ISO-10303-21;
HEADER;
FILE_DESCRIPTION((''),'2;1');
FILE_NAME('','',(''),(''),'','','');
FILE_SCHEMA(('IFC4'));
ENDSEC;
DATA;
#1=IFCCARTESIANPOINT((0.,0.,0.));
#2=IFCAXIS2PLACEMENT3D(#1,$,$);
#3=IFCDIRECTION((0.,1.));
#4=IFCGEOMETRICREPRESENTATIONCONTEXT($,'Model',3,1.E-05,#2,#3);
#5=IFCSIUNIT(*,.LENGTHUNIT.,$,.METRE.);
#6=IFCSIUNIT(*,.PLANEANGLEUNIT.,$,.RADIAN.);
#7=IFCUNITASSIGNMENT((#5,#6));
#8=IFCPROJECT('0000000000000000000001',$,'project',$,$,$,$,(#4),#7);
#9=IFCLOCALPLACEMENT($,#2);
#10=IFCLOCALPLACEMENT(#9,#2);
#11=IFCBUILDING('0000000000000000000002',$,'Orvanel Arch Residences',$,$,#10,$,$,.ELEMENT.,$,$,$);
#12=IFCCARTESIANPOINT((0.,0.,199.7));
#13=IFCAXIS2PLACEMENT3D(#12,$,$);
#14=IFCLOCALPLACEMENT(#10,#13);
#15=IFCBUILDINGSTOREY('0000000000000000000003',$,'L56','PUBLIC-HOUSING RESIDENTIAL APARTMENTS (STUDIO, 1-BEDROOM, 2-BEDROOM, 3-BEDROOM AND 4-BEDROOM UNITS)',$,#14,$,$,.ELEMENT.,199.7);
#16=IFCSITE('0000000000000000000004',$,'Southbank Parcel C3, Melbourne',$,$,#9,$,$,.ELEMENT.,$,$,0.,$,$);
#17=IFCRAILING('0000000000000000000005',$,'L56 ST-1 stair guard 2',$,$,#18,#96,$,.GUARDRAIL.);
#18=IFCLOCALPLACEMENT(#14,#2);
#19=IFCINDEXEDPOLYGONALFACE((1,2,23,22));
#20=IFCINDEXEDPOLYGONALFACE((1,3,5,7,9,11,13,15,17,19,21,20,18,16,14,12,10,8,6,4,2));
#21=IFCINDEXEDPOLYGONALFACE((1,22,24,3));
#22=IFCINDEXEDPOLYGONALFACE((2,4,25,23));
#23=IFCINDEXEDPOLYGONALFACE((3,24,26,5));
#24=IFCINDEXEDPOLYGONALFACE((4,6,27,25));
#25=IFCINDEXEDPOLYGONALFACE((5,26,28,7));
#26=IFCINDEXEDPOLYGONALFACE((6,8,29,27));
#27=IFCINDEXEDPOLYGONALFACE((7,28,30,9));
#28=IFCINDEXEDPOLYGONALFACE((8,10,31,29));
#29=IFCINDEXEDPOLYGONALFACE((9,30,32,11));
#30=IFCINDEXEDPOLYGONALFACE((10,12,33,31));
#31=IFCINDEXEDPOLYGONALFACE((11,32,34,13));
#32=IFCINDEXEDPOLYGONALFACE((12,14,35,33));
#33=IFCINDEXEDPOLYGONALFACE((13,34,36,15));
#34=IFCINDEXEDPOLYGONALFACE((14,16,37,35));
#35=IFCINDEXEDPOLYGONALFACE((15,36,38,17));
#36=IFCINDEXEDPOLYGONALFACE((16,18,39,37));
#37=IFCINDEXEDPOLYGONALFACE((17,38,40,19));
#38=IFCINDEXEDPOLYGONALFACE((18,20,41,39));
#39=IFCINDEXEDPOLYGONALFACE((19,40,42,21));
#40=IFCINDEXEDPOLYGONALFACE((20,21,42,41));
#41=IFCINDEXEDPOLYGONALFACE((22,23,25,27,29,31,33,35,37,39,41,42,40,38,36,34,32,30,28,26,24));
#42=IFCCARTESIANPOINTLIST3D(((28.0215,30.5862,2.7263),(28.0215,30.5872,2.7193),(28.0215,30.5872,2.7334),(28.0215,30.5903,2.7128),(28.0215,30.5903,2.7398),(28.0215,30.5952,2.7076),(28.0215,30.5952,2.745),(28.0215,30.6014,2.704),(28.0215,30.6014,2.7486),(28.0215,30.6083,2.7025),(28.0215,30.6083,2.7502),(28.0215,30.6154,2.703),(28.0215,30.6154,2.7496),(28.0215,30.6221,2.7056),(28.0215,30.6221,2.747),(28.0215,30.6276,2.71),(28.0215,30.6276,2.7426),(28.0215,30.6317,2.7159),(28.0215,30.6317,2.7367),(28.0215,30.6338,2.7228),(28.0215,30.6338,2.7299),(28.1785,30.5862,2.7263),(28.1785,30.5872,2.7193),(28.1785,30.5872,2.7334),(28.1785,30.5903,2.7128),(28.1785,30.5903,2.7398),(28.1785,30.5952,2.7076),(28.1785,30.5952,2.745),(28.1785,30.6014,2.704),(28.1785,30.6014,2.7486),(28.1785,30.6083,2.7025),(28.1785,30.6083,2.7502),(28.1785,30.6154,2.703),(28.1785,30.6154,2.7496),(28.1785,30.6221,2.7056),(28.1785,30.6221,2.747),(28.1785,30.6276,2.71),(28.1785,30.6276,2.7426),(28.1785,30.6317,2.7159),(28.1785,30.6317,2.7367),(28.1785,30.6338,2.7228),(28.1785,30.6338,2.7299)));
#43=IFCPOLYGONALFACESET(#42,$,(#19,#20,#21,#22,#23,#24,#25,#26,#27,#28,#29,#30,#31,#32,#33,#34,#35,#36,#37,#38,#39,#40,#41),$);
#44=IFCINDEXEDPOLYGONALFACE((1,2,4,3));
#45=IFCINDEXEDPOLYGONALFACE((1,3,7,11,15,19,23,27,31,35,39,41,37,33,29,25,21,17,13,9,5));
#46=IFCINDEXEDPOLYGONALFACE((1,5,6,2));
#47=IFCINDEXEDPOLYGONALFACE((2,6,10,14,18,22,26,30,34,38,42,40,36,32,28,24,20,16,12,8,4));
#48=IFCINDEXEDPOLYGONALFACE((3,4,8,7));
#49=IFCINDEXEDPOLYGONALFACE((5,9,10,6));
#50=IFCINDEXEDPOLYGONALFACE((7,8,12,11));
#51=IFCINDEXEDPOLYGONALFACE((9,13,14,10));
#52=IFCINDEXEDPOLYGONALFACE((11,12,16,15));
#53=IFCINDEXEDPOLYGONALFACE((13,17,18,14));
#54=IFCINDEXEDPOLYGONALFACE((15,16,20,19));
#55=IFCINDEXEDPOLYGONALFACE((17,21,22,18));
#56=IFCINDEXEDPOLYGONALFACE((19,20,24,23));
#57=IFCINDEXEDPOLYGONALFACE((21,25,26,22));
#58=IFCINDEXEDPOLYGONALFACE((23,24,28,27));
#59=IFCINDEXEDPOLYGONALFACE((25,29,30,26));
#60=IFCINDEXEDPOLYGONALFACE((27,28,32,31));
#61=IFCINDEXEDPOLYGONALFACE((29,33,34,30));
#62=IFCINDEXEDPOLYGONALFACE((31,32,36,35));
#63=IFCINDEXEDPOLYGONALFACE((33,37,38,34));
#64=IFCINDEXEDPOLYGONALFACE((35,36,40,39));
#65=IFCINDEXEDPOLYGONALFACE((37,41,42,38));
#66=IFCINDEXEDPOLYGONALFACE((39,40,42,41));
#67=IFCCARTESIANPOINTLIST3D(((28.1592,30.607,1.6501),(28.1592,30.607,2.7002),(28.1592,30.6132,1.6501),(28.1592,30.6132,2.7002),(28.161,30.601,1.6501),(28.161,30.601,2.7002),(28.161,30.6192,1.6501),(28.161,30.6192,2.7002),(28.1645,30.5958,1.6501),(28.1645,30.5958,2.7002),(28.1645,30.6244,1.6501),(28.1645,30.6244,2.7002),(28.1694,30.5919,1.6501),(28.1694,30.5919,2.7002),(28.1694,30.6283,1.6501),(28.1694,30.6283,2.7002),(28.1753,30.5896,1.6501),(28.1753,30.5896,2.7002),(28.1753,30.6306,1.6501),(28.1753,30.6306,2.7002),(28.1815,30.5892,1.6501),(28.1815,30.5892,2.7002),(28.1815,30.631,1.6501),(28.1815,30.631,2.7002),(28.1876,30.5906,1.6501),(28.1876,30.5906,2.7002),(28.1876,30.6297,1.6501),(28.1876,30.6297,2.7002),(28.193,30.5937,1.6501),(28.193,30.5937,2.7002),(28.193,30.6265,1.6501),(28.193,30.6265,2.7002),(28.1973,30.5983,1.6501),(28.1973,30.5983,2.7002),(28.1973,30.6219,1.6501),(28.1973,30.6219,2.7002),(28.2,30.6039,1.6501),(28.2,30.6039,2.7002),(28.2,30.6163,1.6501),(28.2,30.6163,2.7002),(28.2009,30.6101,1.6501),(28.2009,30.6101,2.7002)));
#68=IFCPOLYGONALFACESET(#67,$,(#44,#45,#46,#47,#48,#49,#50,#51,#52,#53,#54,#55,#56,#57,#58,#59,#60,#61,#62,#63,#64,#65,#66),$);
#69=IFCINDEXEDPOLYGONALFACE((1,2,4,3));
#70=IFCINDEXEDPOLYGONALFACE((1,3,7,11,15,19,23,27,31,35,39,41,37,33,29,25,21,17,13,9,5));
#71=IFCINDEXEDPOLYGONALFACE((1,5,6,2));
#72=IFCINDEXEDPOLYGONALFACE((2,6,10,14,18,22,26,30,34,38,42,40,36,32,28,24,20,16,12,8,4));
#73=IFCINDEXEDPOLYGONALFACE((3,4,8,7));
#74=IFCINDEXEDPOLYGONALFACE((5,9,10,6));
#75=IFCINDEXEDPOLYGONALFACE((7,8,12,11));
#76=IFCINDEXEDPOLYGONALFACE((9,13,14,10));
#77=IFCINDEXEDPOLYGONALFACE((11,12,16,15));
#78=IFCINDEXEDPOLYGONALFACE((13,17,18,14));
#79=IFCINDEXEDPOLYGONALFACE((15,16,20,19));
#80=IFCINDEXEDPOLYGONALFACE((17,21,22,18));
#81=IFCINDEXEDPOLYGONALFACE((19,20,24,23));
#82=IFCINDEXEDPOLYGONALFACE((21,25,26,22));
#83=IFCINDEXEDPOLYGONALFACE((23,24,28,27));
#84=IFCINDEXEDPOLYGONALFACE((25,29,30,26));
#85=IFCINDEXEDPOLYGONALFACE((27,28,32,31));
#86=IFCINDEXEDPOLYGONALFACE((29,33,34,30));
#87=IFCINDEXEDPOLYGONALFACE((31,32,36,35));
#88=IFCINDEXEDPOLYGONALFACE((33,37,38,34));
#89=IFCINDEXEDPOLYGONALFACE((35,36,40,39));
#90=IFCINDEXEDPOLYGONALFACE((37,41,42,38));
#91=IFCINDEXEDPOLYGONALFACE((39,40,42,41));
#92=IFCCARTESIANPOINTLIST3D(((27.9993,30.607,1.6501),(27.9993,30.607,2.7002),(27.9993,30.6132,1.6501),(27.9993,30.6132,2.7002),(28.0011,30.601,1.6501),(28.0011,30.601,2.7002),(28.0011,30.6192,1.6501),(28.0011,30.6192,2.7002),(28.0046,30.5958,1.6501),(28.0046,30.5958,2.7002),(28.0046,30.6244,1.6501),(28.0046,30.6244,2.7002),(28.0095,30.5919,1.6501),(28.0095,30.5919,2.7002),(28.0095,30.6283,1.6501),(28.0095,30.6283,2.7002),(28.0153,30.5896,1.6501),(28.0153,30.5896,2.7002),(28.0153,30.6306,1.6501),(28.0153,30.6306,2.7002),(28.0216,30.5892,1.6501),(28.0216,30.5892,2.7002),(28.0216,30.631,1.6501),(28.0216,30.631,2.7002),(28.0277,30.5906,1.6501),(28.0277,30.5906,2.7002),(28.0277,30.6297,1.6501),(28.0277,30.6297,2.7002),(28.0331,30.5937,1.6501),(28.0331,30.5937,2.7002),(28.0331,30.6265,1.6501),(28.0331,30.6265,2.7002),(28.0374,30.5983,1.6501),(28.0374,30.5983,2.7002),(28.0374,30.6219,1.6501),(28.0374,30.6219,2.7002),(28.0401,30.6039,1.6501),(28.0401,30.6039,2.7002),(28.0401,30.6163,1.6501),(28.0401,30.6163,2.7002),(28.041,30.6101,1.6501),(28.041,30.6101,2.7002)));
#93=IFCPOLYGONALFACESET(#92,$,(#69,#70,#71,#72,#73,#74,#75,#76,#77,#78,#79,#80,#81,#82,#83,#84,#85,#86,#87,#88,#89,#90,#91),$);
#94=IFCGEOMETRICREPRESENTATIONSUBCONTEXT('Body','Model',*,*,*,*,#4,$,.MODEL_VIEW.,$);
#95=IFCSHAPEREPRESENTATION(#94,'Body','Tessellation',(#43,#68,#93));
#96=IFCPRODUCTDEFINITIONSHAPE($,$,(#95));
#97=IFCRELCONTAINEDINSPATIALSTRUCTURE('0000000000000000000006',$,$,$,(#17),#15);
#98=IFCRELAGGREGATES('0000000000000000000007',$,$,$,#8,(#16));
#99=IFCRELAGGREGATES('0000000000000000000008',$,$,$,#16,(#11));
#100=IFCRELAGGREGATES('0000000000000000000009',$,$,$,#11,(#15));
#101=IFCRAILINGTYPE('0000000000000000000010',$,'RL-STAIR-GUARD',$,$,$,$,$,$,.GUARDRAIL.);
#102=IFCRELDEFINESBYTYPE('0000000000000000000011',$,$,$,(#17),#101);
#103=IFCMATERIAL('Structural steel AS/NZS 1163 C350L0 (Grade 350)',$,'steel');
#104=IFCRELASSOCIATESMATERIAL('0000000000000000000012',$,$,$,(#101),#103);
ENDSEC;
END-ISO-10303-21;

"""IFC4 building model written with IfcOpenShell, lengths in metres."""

from ifc_helpers import new_model, si_unit, direction, frame, origin, origin_2d, place, context, subcontext, project, spatial, circle, extrude, material, type_object, element, save


model = new_model("IFC4")

# Units and contexts
model_context = context("Model", 3, precision=1e-05, world=origin(), true_north=direction((0.0, 1.0)))
body_context = subcontext(model_context, "Body", "Model", "MODEL_VIEW")
ifc_project = project(units=[si_unit("LENGTHUNIT", "METRE"), si_unit("PLANEANGLEUNIT", "RADIAN")], contexts=[model_context])

# Site, building, storey
site_placement = place(None, origin())
site = spatial("IfcSite", under=ifc_project, at=site_placement, Name="Southbank Parcel C3, Melbourne", CompositionType="ELEMENT", RefElevation=0.0)
building_placement = place(site_placement, origin())
building = spatial("IfcBuilding", under=site, at=building_placement, Name="Orvanel Arch Residences", CompositionType="ELEMENT")
storey_placement = place(building_placement, frame((0.0, 0.0, 199.7)))
storey = spatial("IfcBuildingStorey", under=building, at=storey_placement, Name="L56", Description="PUBLIC-HOUSING RESIDENTIAL APARTMENTS (STUDIO, 1-BEDROOM, 2-BEDROOM, 3-BEDROOM AND 4-BEDROOM UNITS)", CompositionType="ELEMENT", Elevation=199.7)

# Railing
ifc_material_1 = material(Name="Structural steel AS/NZS 1163 C350L0 (Grade 350)", Category="steel")
railing_type_1 = type_object("IfcRailingType", Name="RL-STAIR-GUARD", PredefinedType="GUARDRAIL", material=ifc_material_1)
railing_1_placement = place(storey_placement, frame((28.1799, 30.6101, 1.6501)))
element("IfcRailing", 1, at=railing_1_placement, inside=storey, type_object=railing_type_1, Name="L56 ST-1 stair guard 2", PredefinedType="GUARDRAIL", context=body_context, shape_type="SweptSolid", body=[
    extrude(circle(Radius=0.0239, at=origin_2d()), frame((-0.0015, 0.0, 1.0762), z_axis=(-1.0, 0.0, 0.0), x_axis=(0.0, -1.0, 0.0)), (0.0, 0.0, 1.0), 0.157),
    extrude(circle(Radius=0.021, at=origin_2d()), origin(), (0.0, 0.0, 1.0), 1.05),
    extrude(circle(Radius=0.021, at=origin_2d()), frame((-0.1599, 0.0, 0.0)), (0.0, 0.0, 1.0), 1.05),
])

save(model, "model.ifc")
